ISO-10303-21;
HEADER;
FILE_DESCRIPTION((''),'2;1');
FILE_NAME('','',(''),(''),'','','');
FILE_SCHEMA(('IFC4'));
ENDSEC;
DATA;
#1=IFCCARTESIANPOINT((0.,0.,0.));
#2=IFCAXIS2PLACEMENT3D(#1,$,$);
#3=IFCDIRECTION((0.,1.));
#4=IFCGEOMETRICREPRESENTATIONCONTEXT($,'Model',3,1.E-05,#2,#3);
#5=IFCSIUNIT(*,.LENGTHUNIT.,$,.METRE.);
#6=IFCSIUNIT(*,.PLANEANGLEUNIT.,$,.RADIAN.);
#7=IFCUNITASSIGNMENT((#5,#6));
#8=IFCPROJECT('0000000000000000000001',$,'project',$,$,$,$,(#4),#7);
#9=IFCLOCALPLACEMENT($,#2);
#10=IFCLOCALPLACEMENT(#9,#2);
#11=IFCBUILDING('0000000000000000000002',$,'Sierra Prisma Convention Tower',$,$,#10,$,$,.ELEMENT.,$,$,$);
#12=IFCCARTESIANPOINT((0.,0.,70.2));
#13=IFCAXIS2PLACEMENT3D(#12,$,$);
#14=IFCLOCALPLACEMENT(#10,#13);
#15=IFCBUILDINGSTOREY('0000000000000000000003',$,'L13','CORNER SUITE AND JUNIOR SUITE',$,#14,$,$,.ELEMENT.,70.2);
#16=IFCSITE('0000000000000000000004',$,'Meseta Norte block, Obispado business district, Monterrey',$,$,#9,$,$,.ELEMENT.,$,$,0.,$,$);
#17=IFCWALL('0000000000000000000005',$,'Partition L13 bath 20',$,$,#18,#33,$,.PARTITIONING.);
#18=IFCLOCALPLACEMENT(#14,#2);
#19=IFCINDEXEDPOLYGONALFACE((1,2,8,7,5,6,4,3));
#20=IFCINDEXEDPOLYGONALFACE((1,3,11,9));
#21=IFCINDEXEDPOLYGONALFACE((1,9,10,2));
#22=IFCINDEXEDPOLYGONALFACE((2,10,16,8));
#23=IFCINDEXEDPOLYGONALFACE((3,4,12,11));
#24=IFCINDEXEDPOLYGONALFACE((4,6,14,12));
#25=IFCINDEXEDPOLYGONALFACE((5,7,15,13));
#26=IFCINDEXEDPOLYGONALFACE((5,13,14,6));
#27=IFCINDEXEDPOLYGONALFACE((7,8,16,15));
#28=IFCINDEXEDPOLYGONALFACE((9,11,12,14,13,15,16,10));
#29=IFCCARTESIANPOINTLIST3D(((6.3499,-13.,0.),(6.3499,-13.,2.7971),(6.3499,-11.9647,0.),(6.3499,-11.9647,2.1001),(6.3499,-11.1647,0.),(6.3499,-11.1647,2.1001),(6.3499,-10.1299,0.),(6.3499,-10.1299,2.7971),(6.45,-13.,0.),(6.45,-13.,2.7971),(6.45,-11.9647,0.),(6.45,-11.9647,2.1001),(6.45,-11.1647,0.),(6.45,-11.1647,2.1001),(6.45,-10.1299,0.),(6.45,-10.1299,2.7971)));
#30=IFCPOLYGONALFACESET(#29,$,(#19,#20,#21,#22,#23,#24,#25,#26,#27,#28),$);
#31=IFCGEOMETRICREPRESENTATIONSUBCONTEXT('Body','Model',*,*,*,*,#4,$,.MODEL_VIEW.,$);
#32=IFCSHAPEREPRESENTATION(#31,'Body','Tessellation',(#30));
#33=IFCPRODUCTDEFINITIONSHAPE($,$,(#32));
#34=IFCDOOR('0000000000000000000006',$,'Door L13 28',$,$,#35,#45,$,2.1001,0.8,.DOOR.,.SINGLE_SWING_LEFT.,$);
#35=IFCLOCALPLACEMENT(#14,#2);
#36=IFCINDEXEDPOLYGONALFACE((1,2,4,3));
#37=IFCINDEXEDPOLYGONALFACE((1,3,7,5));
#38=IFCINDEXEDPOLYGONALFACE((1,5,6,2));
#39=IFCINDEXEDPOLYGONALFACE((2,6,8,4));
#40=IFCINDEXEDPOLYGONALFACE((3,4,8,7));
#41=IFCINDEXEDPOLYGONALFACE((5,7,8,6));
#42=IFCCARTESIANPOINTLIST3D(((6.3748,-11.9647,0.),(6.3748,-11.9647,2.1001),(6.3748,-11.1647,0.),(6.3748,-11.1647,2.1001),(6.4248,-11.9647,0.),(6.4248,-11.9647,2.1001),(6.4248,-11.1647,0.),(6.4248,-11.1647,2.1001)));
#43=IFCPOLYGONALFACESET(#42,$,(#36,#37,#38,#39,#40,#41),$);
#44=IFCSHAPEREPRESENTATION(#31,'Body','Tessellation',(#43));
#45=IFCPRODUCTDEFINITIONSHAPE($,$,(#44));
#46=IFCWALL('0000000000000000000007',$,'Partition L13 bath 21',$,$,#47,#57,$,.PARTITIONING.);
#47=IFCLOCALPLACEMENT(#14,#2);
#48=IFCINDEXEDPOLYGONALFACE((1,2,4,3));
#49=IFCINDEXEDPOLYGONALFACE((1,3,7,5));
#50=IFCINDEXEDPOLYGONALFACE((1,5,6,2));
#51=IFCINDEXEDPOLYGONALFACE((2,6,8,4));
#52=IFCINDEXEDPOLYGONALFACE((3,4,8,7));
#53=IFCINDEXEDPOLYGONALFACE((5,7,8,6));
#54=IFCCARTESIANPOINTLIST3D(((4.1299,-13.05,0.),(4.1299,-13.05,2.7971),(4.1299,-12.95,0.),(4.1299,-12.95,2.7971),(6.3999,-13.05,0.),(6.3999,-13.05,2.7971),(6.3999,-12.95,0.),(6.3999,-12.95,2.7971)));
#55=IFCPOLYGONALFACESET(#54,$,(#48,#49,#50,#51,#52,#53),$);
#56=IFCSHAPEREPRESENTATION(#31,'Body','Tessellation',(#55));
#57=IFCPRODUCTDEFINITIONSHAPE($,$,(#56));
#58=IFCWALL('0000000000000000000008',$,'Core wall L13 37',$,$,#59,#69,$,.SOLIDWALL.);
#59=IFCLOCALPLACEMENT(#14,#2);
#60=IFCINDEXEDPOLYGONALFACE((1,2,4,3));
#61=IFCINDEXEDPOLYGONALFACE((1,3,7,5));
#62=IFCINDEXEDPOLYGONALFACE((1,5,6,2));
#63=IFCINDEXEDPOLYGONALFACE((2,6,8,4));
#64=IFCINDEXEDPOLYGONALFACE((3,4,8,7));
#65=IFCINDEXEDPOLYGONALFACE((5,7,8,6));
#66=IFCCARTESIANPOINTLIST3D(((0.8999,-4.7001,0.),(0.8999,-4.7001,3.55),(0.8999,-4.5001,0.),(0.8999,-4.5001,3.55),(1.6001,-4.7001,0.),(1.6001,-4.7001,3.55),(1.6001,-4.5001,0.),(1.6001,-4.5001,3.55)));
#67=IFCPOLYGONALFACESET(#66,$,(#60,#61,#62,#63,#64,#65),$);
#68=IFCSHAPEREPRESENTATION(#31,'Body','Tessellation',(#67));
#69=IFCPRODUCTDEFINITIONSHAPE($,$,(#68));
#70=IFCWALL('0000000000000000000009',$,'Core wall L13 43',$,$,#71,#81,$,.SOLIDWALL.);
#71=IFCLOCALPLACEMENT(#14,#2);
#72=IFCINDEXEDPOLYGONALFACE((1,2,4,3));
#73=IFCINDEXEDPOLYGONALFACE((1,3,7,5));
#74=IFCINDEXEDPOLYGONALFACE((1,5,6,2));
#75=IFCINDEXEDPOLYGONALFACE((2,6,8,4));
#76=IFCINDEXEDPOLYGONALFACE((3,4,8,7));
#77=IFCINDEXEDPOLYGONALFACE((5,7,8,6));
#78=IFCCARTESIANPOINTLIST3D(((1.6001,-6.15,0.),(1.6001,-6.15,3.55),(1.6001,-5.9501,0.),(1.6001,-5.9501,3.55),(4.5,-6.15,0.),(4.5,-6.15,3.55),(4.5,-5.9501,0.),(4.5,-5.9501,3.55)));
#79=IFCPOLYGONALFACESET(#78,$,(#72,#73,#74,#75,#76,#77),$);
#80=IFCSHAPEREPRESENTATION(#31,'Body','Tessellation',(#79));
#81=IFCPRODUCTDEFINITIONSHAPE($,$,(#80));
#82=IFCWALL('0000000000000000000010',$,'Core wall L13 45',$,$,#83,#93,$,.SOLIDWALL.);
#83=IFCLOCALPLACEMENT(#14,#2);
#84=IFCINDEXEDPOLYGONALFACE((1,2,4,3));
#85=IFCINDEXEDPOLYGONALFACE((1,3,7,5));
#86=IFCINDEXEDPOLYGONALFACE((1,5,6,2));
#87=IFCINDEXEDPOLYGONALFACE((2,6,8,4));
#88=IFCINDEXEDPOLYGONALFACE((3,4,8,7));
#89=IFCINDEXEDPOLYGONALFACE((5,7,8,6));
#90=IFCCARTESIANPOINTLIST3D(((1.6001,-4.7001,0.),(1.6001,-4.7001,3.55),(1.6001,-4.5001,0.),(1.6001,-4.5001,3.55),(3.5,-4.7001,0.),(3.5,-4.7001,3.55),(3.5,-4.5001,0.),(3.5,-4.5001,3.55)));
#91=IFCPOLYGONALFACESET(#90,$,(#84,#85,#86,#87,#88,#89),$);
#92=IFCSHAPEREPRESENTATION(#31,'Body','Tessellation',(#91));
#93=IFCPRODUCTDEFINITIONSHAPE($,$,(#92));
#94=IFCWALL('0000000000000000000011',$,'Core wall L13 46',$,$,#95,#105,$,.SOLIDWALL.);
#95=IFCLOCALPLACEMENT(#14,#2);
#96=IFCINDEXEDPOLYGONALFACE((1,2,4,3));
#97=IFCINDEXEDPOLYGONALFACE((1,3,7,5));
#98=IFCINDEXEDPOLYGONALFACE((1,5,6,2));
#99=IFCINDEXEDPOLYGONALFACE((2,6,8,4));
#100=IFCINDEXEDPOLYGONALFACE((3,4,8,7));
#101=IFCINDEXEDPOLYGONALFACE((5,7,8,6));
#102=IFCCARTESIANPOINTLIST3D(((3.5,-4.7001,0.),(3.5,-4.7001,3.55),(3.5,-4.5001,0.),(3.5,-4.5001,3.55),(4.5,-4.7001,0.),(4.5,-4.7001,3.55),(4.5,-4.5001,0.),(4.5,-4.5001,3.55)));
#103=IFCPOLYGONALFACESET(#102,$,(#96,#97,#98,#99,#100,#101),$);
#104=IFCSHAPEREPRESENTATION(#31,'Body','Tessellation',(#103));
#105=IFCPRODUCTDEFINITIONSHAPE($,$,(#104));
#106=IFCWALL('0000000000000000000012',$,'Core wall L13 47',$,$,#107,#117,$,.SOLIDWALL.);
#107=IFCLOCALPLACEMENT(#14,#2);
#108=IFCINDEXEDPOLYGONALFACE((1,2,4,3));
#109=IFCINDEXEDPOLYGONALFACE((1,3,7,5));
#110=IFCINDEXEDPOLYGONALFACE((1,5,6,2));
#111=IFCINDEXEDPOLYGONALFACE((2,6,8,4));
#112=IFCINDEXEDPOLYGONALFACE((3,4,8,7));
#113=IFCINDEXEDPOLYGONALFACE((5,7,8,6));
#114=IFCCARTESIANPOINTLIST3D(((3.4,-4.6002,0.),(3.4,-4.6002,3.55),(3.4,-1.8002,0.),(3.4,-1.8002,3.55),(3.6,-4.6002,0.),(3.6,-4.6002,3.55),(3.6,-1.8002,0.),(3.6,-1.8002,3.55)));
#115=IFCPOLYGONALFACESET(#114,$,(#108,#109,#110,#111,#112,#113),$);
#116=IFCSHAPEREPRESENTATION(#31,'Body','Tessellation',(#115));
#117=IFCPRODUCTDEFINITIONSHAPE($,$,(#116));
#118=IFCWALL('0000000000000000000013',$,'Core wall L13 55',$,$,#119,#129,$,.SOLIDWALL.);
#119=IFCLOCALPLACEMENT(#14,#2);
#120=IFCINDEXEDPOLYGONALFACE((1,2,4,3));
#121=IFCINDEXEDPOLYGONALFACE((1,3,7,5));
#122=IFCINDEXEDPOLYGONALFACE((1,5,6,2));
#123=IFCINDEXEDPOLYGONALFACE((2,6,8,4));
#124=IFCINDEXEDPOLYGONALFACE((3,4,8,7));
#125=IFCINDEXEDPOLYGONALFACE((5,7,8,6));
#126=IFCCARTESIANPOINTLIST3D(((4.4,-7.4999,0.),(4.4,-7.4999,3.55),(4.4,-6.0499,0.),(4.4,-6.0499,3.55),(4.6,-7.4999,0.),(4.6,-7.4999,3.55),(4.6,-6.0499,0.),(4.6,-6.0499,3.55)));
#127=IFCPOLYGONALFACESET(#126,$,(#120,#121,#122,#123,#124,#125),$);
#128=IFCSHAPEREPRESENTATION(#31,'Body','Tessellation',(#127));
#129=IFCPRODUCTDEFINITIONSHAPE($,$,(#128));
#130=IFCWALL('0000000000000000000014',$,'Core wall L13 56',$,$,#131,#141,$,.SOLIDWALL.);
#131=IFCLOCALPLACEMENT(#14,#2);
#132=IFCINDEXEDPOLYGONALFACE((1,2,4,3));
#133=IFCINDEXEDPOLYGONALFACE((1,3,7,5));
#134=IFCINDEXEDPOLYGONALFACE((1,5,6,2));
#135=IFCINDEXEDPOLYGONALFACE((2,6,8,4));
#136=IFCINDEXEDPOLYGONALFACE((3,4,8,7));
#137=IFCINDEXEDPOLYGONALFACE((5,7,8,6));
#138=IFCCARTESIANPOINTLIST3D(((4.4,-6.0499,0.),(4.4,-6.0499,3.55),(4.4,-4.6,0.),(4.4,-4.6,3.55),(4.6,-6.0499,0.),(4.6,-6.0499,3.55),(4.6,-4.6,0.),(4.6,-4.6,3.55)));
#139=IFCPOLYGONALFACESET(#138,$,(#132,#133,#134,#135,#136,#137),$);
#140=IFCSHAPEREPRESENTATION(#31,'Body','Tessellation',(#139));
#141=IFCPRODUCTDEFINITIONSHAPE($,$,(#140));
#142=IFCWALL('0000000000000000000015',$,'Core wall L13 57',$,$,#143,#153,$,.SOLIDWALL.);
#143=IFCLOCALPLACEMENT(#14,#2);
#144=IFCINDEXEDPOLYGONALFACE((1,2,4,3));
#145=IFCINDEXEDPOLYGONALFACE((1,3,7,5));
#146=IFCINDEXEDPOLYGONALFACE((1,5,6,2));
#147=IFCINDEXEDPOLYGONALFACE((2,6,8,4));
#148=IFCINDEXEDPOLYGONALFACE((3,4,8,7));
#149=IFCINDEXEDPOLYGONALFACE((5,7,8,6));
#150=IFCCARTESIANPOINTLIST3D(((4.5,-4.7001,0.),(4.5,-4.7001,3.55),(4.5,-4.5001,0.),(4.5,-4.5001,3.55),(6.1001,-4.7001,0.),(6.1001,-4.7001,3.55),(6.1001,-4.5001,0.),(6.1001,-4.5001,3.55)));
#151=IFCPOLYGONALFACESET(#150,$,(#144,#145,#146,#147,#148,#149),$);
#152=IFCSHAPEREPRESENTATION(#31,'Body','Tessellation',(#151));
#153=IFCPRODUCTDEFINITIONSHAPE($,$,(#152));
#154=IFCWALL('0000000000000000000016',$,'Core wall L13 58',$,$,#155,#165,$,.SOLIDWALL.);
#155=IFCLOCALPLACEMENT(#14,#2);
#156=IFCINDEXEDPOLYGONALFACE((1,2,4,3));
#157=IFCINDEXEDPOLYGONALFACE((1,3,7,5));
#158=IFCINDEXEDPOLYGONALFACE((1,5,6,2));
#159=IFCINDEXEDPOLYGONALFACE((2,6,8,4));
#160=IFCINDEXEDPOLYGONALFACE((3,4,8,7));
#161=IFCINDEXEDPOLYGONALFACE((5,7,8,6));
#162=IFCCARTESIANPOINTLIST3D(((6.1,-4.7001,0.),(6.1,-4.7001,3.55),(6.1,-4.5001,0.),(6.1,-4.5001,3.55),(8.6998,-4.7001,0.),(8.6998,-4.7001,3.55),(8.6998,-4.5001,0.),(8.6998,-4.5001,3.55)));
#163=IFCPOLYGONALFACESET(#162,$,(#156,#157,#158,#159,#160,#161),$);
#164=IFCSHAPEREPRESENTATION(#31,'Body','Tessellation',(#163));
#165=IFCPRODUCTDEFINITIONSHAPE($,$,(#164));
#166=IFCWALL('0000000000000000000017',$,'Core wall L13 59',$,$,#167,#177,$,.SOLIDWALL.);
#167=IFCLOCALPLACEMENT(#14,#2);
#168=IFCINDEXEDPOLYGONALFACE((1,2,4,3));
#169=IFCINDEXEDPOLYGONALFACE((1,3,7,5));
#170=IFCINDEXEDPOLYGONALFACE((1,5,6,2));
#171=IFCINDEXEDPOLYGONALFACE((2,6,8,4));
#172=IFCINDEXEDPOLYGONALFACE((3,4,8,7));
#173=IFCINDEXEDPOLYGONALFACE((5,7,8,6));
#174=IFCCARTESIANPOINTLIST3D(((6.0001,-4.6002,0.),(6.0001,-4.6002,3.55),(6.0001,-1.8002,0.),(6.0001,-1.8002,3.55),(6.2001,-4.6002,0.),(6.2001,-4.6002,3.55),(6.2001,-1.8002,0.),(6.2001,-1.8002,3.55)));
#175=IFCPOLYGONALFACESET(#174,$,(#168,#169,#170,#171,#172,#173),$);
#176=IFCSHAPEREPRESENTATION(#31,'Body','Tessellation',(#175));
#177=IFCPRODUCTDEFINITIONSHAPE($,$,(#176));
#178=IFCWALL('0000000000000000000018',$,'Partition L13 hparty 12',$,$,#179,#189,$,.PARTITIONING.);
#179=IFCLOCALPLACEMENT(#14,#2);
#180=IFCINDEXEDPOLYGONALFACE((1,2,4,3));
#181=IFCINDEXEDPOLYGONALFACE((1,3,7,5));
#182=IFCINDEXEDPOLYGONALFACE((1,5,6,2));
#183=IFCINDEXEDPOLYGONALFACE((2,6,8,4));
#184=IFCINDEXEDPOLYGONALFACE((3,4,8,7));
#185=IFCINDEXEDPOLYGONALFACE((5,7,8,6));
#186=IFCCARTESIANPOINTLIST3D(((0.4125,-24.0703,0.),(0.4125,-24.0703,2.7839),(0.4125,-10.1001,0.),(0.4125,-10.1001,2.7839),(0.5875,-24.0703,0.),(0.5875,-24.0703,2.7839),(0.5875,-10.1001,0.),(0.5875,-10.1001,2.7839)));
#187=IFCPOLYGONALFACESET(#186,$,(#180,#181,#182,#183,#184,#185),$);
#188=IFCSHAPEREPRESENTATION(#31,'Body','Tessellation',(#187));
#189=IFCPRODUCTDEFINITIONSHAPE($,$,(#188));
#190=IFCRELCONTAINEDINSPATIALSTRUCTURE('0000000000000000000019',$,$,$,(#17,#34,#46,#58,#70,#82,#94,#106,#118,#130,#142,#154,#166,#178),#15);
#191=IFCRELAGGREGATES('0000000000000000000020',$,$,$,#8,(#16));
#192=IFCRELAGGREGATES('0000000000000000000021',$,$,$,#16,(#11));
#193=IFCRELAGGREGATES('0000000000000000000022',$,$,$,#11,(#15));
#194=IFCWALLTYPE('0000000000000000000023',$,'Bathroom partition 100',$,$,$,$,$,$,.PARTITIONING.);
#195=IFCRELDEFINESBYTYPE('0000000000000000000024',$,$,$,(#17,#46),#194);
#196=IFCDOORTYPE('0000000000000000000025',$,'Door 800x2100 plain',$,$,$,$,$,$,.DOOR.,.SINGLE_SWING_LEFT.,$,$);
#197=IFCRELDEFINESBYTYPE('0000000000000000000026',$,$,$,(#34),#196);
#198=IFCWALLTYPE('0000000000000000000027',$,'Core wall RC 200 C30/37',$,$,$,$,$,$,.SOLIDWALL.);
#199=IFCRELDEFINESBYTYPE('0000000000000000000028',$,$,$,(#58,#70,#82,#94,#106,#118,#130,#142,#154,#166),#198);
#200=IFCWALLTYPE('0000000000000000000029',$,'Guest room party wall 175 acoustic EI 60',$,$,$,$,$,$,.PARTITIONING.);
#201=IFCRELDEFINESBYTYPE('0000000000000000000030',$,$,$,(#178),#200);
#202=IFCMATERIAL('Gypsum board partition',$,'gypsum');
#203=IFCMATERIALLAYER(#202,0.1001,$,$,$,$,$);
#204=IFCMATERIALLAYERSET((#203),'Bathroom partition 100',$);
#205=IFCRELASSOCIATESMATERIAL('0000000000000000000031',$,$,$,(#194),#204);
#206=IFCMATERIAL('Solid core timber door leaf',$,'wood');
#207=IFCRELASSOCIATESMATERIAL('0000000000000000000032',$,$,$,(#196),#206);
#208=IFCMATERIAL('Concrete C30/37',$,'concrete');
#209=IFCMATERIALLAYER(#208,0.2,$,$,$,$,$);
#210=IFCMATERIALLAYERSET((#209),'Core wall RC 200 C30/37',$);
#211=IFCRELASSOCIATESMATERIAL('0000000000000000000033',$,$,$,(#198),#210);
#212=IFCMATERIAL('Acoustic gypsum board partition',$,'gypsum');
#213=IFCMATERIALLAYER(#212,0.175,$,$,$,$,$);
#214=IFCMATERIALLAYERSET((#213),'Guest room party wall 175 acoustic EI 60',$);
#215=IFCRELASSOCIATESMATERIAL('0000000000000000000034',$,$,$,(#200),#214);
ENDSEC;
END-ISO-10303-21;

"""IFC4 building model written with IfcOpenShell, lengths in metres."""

from ifc_helpers import new_model, si_unit, direction, frame, frame_2d, origin, place, context, subcontext, project, spatial, rectangle, extrude, material, layer, layer_set, type_object, element, fill, save


model = new_model("IFC4")

# Units and contexts
model_context = context("Model", 3, precision=1e-05, world=origin(), true_north=direction((0.0, 1.0)))
body_context = subcontext(model_context, "Body", "Model", "MODEL_VIEW")
ifc_project = project(units=[si_unit("LENGTHUNIT", "METRE"), si_unit("PLANEANGLEUNIT", "RADIAN")], contexts=[model_context])

# Site, building, storey
site_placement = place(None, origin())
site = spatial("IfcSite", under=ifc_project, at=site_placement, Name="Meseta Norte block, Obispado business district, Monterrey", CompositionType="ELEMENT", RefElevation=0.0)
building_placement = place(site_placement, origin())
building = spatial("IfcBuilding", under=site, at=building_placement, Name="Sierra Prisma Convention Tower", CompositionType="ELEMENT")
storey_placement = place(building_placement, frame((0.0, 0.0, 70.2)))
storey = spatial("IfcBuildingStorey", under=building, at=storey_placement, Name="L13", Description="CORNER SUITE AND JUNIOR SUITE", CompositionType="ELEMENT", Elevation=70.2)

# Wall, opening, door
ifc_material_1 = material(Name="Gypsum board partition", Category="gypsum")
ifc_layer_1 = layer(ifc_material_1, 0.1001)
ifc_layer_set_1 = layer_set([ifc_layer_1], Name="Bathroom partition 100")
wall_type_1 = type_object("IfcWallType", Name="Bathroom partition 100", PredefinedType="PARTITIONING", material=ifc_layer_set_1)
wall_1_placement = place(storey_placement, frame((6.3999, -10.1299, 0.0), z_axis=(0.0, 0.0, 1.0), x_axis=(0.0, -1.0, 0.0)))
wall_1 = element("IfcWall", 1, at=wall_1_placement, inside=storey, type_object=wall_type_1, Name="Partition L13 bath 20", PredefinedType="PARTITIONING", context=body_context, shape_type="SweptSolid", body=[
    extrude(rectangle(XDim=2.8701, YDim=0.1001, at=frame_2d((1.4351, 0.0))), origin(), (0.0, 0.0, 1.0), 2.7971),
])
opening_1_placement = place(wall_1_placement, frame((1.0349, 0.0, 0.0)))
opening_1 = element("IfcOpeningElement", 2, at=opening_1_placement, cuts=wall_1, PredefinedType="OPENING", context=body_context, shape_type="SweptSolid", body=[
    extrude(rectangle(XDim=0.8, YDim=2.1001, at=frame_2d((0.3999, 1.05))), frame((0.0, 0.05, 0.0), z_axis=(0.0, -1.0, 0.0), x_axis=(1.0, 0.0, 0.0)), (0.0, 0.0, 1.0), 0.1001),
])
ifc_material_2 = material(Name="Solid core timber door leaf", Category="wood")
door_type_1 = type_object("IfcDoorType", Name="Door 800x2100 plain", OperationType="SINGLE_SWING_LEFT", PredefinedType="DOOR", material=ifc_material_2)
door_1_placement = place(opening_1_placement, origin())
door_1 = element("IfcDoor", 3, at=door_1_placement, inside=storey, type_object=door_type_1, Name="Door L13 28", OperationType="SINGLE_SWING_LEFT", OverallHeight=2.1001, OverallWidth=0.8, PredefinedType="DOOR", context=body_context, shape_type="SweptSolid", body=[
    extrude(rectangle(XDim=0.8, YDim=2.1001, at=frame_2d((0.3999, 1.05))), frame((0.0, 0.0249, 0.0), z_axis=(0.0, -1.0, 0.0), x_axis=(1.0, 0.0, 0.0)), (0.0, 0.0, 1.0), 0.05),
])
fill(opening_1, door_1)

# Walls
wall_2_placement = place(storey_placement, frame((6.3999, -13.0, 0.0), z_axis=(0.0, 0.0, 1.0), x_axis=(-1.0, 0.0, 0.0)))
element("IfcWall", 4, at=wall_2_placement, inside=storey, type_object=wall_type_1, Name="Partition L13 bath 21", PredefinedType="PARTITIONING", context=body_context, shape_type="SweptSolid", body=[
    extrude(rectangle(XDim=2.27, YDim=0.1001, at=frame_2d((1.135, 0.0))), origin(), (0.0, 0.0, 1.0), 2.7971),
])
ifc_material_3 = material(Name="Concrete C30/37", Category="concrete")
ifc_layer_2 = layer(ifc_material_3, 0.2)
ifc_layer_set_2 = layer_set([ifc_layer_2], Name="Core wall RC 200 C30/37")
wall_type_2 = type_object("IfcWallType", Name="Core wall RC 200 C30/37", PredefinedType="SOLIDWALL", material=ifc_layer_set_2)
wall_3_placement = place(storey_placement, frame((0.8999, -4.6001, 0.0), z_axis=(0.0, 0.0, 1.0), x_axis=(1.0, 0.0, 0.0)))
element("IfcWall", 5, at=wall_3_placement, inside=storey, type_object=wall_type_2, Name="Core wall L13 37", PredefinedType="SOLIDWALL", context=body_context, shape_type="SweptSolid", body=[
    extrude(rectangle(XDim=0.7002, YDim=0.2, at=frame_2d((0.3501, 0.0))), origin(), (0.0, 0.0, 1.0), 3.55),
])

# Wall
wall_4_placement = place(storey_placement, frame((4.5, -6.05, 0.0), z_axis=(0.0, 0.0, 1.0), x_axis=(-1.0, 0.0, 0.0)))
element("IfcWall", 6, at=wall_4_placement, inside=storey, type_object=wall_type_2, Name="Core wall L13 43", PredefinedType="SOLIDWALL", context=body_context, shape_type="SweptSolid", body=[
    extrude(rectangle(XDim=2.8999, YDim=0.2, at=frame_2d((1.45, 0.0))), origin(), (0.0, 0.0, 1.0), 3.55),
])

# Walls
wall_5_placement = place(storey_placement, frame((3.5, -4.6001, 0.0), z_axis=(0.0, 0.0, 1.0), x_axis=(-1.0, 0.0, 0.0)))
element("IfcWall", 7, at=wall_5_placement, inside=storey, type_object=wall_type_2, Name="Core wall L13 45", PredefinedType="SOLIDWALL", context=body_context, shape_type="SweptSolid", body=[
    extrude(rectangle(XDim=1.8999, YDim=0.2, at=frame_2d((0.95, 0.0))), origin(), (0.0, 0.0, 1.0), 3.55),
])
wall_6_placement = place(storey_placement, frame((4.5, -4.6001, 0.0), z_axis=(0.0, 0.0, 1.0), x_axis=(-1.0, 0.0, 0.0)))
element("IfcWall", 8, at=wall_6_placement, inside=storey, type_object=wall_type_2, Name="Core wall L13 46", PredefinedType="SOLIDWALL", context=body_context, shape_type="SweptSolid", body=[
    extrude(rectangle(XDim=1.0, YDim=0.2, at=frame_2d((0.5, 0.0))), origin(), (0.0, 0.0, 1.0), 3.55),
])
wall_7_placement = place(storey_placement, frame((3.5, -4.6001, 0.0), z_axis=(0.0, 0.0, 1.0), x_axis=(0.0, 1.0, 0.0)))
element("IfcWall", 9, at=wall_7_placement, inside=storey, type_object=wall_type_2, Name="Core wall L13 47", PredefinedType="SOLIDWALL", context=body_context, shape_type="SweptSolid", body=[
    extrude(rectangle(XDim=2.8, YDim=0.2, at=frame_2d((1.3999, 0.0))), origin(), (0.0, 0.0, 1.0), 3.55),
])
for number, where, z_axis, x_axis, name in (
    (10, (4.5, -7.5, 0.0), (0.0, 0.0, 1.0), (0.0, 1.0, 0.0), "Core wall L13 55"),
    (11, (4.5, -6.05, 0.0), (0.0, 0.0, 1.0), (0.0, 1.0, 0.0), "Core wall L13 56"),
):
    element("IfcWall", number, at=place(storey_placement, frame(where, z_axis=z_axis, x_axis=x_axis)), inside=storey, type_object=wall_type_2, Name=name, PredefinedType="SOLIDWALL", context=body_context, shape_type="SweptSolid", body=[
        extrude(rectangle(XDim=1.45, YDim=0.2, at=frame_2d((0.7251, 0.0))), origin(), (0.0, 0.0, 1.0), 3.55),
    ])
wall_8_placement = place(storey_placement, frame((4.5, -4.6001, 0.0), z_axis=(0.0, 0.0, 1.0), x_axis=(1.0, 0.0, 0.0)))
element("IfcWall", 12, at=wall_8_placement, inside=storey, type_object=wall_type_2, Name="Core wall L13 57", PredefinedType="SOLIDWALL", context=body_context, shape_type="SweptSolid", body=[
    extrude(rectangle(XDim=1.6001, YDim=0.2, at=frame_2d((0.8, 0.0))), origin(), (0.0, 0.0, 1.0), 3.55),
])
wall_9_placement = place(storey_placement, frame((6.1001, -4.6001, 0.0), z_axis=(0.0, 0.0, 1.0), x_axis=(1.0, 0.0, 0.0)))
element("IfcWall", 13, at=wall_9_placement, inside=storey, type_object=wall_type_2, Name="Core wall L13 58", PredefinedType="SOLIDWALL", context=body_context, shape_type="SweptSolid", body=[
    extrude(rectangle(XDim=2.5999, YDim=0.2, at=frame_2d((1.2998, 0.0))), origin(), (0.0, 0.0, 1.0), 3.55),
])
wall_10_placement = place(storey_placement, frame((6.1001, -4.6001, 0.0), z_axis=(0.0, 0.0, 1.0), x_axis=(0.0, 1.0, 0.0)))
element("IfcWall", 14, at=wall_10_placement, inside=storey, type_object=wall_type_2, Name="Core wall L13 59", PredefinedType="SOLIDWALL", context=body_context, shape_type="SweptSolid", body=[
    extrude(rectangle(XDim=2.8, YDim=0.2, at=frame_2d((1.3999, 0.0))), origin(), (0.0, 0.0, 1.0), 3.55),
])
ifc_material_4 = material(Name="Acoustic gypsum board partition", Category="gypsum")
ifc_layer_3 = layer(ifc_material_4, 0.175)
ifc_layer_set_3 = layer_set([ifc_layer_3], Name="Guest room party wall 175 acoustic EI 60")
wall_type_3 = type_object("IfcWallType", Name="Guest room party wall 175 acoustic EI 60", PredefinedType="PARTITIONING", material=ifc_layer_set_3)
wall_11_placement = place(storey_placement, frame((0.5, -10.1001, 0.0), z_axis=(0.0, 0.0, 1.0), x_axis=(0.0, -1.0, 0.0)))
element("IfcWall", 15, at=wall_11_placement, inside=storey, type_object=wall_type_3, Name="Partition L13 hparty 12", PredefinedType="PARTITIONING", context=body_context, shape_type="SweptSolid", body=[
    extrude(rectangle(XDim=13.9702, YDim=0.175, at=frame_2d((6.9851, 0.0))), origin(), (0.0, 0.0, 1.0), 2.7839),
])

save(model, "model.ifc")
